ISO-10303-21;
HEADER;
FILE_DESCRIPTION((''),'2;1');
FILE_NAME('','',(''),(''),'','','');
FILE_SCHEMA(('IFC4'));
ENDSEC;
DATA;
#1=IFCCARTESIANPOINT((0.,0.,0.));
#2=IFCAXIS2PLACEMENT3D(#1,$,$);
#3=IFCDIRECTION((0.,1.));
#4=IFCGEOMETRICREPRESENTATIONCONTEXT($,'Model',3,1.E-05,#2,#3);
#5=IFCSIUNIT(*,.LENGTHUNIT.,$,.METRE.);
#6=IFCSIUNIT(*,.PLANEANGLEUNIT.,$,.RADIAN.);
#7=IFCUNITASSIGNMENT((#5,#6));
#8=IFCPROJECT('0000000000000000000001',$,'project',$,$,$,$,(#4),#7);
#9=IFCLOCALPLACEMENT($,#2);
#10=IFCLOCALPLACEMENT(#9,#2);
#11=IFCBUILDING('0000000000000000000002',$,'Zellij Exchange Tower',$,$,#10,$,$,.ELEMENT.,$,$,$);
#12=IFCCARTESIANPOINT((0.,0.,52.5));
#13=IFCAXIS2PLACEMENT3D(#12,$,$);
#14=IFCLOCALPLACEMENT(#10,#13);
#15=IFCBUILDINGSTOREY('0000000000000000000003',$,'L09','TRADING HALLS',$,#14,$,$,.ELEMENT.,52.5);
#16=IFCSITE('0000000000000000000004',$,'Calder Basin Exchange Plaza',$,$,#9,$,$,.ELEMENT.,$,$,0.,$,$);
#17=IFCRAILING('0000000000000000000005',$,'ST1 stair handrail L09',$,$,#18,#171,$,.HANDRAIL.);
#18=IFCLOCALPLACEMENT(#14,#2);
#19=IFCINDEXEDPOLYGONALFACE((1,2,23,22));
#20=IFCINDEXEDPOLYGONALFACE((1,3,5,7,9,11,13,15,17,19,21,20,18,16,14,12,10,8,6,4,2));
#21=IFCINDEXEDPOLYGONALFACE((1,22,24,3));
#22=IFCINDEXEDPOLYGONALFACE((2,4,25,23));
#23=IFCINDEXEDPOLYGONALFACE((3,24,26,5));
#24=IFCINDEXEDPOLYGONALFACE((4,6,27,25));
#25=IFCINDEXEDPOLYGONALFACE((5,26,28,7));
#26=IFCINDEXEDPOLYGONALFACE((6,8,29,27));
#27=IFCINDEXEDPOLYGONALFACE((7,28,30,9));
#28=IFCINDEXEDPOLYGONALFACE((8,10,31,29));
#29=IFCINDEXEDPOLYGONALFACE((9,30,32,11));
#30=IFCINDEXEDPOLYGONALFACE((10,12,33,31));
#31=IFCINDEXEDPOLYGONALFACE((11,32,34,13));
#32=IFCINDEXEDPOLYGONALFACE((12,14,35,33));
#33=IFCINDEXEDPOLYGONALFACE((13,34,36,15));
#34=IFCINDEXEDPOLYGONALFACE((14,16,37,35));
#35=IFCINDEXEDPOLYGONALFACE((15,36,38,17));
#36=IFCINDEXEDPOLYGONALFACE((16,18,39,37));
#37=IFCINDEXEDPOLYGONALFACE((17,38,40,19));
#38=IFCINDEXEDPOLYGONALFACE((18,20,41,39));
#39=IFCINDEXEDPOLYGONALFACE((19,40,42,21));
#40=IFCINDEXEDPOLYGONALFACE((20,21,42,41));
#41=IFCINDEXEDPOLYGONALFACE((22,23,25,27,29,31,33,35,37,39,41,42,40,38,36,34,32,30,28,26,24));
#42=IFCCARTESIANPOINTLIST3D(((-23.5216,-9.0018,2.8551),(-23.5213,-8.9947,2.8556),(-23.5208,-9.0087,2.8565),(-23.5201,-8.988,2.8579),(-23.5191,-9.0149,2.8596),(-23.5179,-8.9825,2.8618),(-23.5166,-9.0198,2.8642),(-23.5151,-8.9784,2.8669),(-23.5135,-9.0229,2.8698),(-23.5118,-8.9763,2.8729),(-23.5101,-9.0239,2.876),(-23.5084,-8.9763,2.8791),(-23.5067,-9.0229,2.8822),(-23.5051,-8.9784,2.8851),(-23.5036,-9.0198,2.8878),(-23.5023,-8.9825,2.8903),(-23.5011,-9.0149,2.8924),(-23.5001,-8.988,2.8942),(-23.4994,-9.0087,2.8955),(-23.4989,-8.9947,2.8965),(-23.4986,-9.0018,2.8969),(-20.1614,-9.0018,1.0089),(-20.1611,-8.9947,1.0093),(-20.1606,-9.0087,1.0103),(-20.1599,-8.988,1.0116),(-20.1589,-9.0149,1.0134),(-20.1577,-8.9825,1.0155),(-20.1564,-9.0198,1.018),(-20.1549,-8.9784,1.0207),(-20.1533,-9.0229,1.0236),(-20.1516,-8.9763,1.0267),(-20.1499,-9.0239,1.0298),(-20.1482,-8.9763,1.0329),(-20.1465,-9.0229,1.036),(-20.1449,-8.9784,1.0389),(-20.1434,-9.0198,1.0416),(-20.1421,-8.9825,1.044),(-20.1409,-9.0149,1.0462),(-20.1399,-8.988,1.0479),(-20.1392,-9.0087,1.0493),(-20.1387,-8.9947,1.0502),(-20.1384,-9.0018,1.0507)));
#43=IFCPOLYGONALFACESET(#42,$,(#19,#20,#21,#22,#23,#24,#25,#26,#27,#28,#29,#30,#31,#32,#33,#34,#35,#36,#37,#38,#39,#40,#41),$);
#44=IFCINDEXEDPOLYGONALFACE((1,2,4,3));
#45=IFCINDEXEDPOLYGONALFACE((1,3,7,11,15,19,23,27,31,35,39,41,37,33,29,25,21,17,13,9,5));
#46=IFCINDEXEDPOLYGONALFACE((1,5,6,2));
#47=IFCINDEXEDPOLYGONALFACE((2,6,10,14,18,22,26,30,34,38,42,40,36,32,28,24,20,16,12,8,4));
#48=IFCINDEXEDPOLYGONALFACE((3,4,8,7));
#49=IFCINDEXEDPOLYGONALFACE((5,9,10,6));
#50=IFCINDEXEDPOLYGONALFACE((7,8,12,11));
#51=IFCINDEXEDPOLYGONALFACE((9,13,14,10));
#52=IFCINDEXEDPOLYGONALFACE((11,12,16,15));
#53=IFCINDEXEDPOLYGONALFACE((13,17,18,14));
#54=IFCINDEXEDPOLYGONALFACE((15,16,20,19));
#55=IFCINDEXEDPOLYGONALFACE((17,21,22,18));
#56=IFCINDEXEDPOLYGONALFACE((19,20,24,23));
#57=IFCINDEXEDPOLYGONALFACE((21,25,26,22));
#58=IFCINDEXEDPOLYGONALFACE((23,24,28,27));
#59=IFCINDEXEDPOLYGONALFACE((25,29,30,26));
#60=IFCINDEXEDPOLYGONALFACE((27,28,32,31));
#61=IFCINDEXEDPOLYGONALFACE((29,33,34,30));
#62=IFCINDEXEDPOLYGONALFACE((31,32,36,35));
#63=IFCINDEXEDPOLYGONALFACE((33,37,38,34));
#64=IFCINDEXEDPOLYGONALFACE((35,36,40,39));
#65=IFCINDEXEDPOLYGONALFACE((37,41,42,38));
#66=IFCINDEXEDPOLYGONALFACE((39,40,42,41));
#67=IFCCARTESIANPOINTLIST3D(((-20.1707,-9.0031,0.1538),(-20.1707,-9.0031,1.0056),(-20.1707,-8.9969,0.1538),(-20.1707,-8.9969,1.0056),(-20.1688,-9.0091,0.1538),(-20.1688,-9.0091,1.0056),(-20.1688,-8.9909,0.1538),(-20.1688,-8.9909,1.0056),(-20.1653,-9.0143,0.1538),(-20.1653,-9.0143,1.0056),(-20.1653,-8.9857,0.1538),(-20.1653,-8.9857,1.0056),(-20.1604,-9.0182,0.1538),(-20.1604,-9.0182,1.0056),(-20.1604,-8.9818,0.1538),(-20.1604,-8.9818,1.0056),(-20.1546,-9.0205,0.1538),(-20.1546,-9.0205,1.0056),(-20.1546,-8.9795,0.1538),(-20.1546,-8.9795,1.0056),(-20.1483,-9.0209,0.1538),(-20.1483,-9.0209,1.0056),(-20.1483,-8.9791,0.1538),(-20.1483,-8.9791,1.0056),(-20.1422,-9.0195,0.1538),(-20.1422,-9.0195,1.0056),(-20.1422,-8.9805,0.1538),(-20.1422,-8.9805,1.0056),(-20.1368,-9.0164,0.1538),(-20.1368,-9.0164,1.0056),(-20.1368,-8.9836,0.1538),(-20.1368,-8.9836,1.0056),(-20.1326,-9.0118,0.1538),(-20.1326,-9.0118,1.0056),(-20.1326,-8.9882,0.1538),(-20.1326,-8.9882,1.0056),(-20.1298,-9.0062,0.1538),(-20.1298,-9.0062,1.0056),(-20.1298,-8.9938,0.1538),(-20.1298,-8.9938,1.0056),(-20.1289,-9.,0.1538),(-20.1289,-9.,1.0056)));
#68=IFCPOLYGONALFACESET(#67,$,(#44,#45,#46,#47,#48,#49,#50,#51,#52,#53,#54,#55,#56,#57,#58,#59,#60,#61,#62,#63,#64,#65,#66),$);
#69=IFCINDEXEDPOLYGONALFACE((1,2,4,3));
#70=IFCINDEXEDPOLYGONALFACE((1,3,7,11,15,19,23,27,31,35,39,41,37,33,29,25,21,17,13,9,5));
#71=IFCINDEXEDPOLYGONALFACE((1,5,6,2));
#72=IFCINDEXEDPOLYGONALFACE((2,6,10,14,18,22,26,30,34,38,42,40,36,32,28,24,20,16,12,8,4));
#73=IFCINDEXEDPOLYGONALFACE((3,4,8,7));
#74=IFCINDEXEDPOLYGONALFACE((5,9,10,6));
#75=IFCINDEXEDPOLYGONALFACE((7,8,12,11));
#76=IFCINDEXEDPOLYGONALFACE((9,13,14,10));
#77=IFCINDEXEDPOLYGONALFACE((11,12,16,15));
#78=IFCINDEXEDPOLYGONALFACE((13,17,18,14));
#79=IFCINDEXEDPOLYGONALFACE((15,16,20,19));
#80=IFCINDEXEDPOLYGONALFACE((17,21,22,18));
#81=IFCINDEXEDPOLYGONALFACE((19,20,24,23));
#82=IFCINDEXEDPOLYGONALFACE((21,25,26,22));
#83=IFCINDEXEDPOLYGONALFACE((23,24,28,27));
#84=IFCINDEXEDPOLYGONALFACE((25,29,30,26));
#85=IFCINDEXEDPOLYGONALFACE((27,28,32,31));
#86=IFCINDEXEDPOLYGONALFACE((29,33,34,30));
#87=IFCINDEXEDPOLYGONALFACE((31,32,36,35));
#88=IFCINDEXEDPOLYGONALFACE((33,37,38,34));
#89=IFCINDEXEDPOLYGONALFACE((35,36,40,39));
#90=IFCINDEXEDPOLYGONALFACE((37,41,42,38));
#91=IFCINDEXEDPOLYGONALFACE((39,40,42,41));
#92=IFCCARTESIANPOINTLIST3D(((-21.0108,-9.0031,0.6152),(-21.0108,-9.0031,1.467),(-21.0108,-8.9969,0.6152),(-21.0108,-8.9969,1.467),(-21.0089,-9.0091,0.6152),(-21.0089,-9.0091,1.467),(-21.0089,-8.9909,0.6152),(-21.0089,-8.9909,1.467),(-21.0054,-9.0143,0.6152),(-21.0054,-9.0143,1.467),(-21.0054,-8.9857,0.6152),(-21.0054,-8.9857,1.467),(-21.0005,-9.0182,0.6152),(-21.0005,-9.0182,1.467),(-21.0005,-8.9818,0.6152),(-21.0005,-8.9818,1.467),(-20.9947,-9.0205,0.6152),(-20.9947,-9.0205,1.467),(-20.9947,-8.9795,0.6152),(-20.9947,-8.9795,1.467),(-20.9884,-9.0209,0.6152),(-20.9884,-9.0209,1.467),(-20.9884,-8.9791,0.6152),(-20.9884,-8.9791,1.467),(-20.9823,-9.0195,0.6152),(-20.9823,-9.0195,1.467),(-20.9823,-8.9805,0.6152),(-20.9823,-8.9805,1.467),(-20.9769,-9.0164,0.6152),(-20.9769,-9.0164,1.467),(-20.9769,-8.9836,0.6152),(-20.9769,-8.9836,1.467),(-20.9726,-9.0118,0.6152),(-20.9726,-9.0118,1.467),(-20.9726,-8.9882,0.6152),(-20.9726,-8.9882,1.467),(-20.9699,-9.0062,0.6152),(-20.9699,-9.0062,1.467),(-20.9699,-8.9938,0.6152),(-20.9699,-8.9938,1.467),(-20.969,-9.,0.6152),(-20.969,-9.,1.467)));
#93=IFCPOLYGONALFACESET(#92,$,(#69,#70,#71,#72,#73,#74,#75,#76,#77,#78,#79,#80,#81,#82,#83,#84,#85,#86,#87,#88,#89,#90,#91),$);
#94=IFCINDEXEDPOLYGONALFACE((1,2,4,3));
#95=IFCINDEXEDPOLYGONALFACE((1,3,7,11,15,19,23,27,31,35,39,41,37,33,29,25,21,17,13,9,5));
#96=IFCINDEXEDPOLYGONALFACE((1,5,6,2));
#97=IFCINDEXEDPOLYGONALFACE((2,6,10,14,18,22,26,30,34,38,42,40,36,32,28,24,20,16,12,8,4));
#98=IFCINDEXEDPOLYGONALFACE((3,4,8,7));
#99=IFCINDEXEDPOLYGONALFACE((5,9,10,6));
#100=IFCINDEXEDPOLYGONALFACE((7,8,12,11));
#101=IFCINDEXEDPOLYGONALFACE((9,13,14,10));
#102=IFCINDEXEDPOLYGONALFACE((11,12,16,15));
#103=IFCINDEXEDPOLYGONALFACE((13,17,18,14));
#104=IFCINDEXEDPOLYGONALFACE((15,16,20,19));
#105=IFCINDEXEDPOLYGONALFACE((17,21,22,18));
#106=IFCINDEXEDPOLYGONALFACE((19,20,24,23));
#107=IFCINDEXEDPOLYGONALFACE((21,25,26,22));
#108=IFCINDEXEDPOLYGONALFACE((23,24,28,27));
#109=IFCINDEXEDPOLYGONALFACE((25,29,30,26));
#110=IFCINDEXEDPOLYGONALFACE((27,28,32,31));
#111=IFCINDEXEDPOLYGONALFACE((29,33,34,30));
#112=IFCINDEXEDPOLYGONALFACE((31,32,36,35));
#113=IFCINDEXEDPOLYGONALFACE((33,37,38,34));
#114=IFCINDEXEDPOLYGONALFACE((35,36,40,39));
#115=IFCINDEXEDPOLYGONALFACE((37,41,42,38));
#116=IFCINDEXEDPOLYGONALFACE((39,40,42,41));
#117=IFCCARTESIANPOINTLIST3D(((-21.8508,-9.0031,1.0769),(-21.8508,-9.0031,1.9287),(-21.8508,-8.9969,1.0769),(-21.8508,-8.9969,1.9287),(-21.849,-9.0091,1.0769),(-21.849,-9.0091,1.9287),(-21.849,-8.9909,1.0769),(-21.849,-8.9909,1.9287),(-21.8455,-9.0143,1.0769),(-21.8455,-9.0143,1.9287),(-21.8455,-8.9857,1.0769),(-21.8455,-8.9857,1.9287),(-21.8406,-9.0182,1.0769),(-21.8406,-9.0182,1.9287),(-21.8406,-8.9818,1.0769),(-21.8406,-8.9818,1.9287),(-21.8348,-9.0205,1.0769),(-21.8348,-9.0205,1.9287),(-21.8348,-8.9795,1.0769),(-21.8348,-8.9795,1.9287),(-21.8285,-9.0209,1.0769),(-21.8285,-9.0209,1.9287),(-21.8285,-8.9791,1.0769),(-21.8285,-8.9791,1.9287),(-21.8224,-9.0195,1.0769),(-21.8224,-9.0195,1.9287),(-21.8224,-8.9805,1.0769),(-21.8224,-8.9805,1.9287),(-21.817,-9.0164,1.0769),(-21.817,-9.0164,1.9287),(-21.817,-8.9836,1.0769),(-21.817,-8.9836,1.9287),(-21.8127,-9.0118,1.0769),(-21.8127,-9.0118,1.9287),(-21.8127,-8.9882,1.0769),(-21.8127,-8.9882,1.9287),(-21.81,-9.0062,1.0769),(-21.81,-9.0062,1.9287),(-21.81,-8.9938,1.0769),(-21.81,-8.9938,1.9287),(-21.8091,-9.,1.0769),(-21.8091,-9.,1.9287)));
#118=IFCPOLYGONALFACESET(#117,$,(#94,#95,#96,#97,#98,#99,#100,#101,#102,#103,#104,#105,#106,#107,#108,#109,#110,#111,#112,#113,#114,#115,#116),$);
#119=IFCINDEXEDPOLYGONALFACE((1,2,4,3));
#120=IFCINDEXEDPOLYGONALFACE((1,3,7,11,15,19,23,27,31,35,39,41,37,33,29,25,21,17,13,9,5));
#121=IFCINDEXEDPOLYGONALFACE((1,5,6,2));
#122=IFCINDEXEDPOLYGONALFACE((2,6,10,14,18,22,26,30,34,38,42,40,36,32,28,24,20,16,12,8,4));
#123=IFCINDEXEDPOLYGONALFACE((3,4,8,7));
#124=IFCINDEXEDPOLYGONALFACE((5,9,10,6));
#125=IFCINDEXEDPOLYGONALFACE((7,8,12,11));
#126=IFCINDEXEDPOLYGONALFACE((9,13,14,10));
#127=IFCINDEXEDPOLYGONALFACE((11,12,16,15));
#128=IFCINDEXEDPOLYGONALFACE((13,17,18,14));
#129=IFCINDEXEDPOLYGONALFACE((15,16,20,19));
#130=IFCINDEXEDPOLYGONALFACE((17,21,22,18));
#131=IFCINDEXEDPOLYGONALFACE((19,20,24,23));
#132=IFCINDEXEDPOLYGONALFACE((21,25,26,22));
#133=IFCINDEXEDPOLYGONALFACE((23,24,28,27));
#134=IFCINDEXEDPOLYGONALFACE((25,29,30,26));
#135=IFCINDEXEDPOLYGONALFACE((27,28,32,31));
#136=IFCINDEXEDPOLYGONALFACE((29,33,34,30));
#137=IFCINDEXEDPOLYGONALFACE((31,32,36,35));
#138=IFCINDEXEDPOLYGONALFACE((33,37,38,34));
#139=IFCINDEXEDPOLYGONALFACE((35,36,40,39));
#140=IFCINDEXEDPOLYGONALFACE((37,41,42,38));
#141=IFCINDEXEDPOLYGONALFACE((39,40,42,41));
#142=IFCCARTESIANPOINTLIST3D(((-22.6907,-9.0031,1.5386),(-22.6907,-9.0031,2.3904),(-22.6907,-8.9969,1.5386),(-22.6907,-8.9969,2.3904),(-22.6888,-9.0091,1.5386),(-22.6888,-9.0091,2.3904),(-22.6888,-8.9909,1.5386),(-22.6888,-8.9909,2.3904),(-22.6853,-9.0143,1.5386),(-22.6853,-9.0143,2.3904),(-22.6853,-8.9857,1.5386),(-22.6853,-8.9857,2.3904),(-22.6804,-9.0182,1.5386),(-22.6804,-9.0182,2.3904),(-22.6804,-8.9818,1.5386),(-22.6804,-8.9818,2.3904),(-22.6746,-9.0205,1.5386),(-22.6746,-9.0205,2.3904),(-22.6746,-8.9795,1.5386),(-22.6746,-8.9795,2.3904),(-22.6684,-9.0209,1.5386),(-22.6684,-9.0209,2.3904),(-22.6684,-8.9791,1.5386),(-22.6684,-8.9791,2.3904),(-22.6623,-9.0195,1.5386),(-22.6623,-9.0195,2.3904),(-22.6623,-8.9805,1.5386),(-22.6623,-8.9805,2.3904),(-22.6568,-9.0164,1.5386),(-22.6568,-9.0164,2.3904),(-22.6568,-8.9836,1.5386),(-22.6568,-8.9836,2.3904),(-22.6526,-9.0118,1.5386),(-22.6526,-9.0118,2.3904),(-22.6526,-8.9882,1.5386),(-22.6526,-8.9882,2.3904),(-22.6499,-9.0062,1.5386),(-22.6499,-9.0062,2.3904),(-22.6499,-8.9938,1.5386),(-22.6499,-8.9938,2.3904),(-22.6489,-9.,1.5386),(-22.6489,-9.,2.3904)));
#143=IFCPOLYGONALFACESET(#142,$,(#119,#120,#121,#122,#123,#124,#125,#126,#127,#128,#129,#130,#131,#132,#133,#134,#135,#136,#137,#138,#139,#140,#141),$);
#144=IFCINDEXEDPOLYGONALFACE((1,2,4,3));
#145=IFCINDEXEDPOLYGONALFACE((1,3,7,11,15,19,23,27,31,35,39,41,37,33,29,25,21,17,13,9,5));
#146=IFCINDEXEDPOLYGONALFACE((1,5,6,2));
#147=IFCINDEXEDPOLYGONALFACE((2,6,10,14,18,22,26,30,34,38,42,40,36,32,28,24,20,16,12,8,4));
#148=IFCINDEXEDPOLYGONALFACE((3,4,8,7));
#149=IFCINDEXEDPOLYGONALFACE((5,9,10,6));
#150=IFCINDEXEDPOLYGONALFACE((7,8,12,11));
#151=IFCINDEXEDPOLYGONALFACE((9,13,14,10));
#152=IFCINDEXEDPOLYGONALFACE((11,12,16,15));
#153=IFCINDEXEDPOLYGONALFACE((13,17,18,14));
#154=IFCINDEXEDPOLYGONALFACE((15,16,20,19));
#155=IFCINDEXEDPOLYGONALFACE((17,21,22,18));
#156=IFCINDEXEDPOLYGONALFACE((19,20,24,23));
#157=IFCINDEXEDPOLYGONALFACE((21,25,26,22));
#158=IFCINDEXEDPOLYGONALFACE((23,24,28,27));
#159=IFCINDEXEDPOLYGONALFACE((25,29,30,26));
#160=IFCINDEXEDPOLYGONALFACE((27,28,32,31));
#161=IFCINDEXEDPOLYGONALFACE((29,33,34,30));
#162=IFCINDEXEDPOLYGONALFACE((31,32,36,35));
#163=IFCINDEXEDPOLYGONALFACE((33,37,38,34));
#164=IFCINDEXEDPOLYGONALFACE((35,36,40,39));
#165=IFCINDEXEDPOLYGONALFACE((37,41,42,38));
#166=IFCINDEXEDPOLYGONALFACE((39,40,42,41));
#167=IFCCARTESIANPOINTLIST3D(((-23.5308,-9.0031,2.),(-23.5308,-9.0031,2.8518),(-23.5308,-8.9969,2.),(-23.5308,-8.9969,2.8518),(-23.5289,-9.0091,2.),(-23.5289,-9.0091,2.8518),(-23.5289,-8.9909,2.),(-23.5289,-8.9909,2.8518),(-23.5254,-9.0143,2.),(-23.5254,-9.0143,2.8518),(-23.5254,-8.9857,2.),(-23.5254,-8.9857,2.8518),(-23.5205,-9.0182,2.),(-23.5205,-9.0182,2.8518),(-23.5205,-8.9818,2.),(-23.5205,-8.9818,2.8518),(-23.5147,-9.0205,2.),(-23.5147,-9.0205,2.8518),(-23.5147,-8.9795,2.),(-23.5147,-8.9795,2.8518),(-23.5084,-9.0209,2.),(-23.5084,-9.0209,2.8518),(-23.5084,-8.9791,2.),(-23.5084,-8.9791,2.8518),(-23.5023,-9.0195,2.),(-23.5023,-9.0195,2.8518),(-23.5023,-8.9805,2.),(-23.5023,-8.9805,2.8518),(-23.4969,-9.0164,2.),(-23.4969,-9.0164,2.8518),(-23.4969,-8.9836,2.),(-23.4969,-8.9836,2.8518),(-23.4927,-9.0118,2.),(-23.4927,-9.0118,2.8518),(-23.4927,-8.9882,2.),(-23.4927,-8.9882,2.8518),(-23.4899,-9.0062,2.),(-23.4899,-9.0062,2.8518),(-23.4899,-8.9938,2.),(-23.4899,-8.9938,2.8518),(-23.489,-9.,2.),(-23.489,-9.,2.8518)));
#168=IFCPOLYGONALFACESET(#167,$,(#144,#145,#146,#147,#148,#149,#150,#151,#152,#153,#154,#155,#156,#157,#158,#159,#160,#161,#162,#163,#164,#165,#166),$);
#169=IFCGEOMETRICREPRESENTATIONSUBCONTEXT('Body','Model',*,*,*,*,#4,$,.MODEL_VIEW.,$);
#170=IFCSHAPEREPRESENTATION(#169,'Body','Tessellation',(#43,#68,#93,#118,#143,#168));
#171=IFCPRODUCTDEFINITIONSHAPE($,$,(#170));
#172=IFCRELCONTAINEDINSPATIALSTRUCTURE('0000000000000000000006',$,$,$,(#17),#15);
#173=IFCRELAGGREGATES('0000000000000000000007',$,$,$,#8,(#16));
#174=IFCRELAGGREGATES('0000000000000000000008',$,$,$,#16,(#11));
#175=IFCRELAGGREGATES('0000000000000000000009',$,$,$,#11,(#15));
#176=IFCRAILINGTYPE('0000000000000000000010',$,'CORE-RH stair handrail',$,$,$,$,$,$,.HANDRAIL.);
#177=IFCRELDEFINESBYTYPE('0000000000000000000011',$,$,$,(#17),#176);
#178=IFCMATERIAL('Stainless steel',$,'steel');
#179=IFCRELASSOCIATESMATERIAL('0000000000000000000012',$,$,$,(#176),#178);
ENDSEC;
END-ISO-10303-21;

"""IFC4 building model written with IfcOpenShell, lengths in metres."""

from ifc_helpers import new_model, si_unit, direction, frame, origin, origin_2d, place, context, subcontext, project, spatial, circle, extrude, material, type_object, element, save


model = new_model("IFC4")

# Units and contexts
model_context = context("Model", 3, precision=1e-05, world=origin(), true_north=direction((0.0, 1.0)))
body_context = subcontext(model_context, "Body", "Model", "MODEL_VIEW")
ifc_project = project(units=[si_unit("LENGTHUNIT", "METRE"), si_unit("PLANEANGLEUNIT", "RADIAN")], contexts=[model_context])

# Site, building, storey
site_placement = place(None, origin())
site = spatial("IfcSite", under=ifc_project, at=site_placement, Name="Calder Basin Exchange Plaza", CompositionType="ELEMENT", RefElevation=0.0)
building_placement = place(site_placement, origin())
building = spatial("IfcBuilding", under=site, at=building_placement, Name="Zellij Exchange Tower", CompositionType="ELEMENT")
storey_placement = place(building_placement, frame((0.0, 0.0, 52.5)))
storey = spatial("IfcBuildingStorey", under=building, at=storey_placement, Name="L09", Description="TRADING HALLS", CompositionType="ELEMENT", Elevation=52.5)

# Railing
ifc_material_1 = material(Name="Stainless steel", Category="steel")
railing_type_1 = type_object("IfcRailingType", Name="CORE-RH stair handrail", PredefinedType="HANDRAIL", material=ifc_material_1)
railing_1_placement = place(storey_placement, frame((-20.1499, -9.0, 0.1538)))
element("IfcRailing", 1, at=railing_1_placement, inside=storey, type_object=railing_type_1, Name="ST1 stair handrail L09", PredefinedType="HANDRAIL", context=body_context, shape_type="SweptSolid", body=[
    extrude(circle(Radius=0.0239, at=origin_2d()), frame((0.0, 0.0, 0.876), z_axis=(-0.876422, 0.0, 0.481545), x_axis=(0.0, -1.0, 0.0)), (0.0, 0.0, 1.0), 3.834),
    extrude(circle(Radius=0.021, at=origin_2d()), origin(), (0.0, 0.0, 1.0), 0.8518),
    extrude(circle(Radius=0.021, at=origin_2d()), frame((-0.8401, 0.0, 0.4614)), (0.0, 0.0, 1.0), 0.8518),
    extrude(circle(Radius=0.021, at=origin_2d()), frame((-1.6802, 0.0, 0.9231)), (0.0, 0.0, 1.0), 0.8518),
    extrude(circle(Radius=0.021, at=origin_2d()), frame((-2.52, 0.0, 1.3848)), (0.0, 0.0, 1.0), 0.8518),
    extrude(circle(Radius=0.021, at=origin_2d()), frame((-3.3601, 0.0, 1.8462)), (0.0, 0.0, 1.0), 0.8518),
])

save(model, "model.ifc")
